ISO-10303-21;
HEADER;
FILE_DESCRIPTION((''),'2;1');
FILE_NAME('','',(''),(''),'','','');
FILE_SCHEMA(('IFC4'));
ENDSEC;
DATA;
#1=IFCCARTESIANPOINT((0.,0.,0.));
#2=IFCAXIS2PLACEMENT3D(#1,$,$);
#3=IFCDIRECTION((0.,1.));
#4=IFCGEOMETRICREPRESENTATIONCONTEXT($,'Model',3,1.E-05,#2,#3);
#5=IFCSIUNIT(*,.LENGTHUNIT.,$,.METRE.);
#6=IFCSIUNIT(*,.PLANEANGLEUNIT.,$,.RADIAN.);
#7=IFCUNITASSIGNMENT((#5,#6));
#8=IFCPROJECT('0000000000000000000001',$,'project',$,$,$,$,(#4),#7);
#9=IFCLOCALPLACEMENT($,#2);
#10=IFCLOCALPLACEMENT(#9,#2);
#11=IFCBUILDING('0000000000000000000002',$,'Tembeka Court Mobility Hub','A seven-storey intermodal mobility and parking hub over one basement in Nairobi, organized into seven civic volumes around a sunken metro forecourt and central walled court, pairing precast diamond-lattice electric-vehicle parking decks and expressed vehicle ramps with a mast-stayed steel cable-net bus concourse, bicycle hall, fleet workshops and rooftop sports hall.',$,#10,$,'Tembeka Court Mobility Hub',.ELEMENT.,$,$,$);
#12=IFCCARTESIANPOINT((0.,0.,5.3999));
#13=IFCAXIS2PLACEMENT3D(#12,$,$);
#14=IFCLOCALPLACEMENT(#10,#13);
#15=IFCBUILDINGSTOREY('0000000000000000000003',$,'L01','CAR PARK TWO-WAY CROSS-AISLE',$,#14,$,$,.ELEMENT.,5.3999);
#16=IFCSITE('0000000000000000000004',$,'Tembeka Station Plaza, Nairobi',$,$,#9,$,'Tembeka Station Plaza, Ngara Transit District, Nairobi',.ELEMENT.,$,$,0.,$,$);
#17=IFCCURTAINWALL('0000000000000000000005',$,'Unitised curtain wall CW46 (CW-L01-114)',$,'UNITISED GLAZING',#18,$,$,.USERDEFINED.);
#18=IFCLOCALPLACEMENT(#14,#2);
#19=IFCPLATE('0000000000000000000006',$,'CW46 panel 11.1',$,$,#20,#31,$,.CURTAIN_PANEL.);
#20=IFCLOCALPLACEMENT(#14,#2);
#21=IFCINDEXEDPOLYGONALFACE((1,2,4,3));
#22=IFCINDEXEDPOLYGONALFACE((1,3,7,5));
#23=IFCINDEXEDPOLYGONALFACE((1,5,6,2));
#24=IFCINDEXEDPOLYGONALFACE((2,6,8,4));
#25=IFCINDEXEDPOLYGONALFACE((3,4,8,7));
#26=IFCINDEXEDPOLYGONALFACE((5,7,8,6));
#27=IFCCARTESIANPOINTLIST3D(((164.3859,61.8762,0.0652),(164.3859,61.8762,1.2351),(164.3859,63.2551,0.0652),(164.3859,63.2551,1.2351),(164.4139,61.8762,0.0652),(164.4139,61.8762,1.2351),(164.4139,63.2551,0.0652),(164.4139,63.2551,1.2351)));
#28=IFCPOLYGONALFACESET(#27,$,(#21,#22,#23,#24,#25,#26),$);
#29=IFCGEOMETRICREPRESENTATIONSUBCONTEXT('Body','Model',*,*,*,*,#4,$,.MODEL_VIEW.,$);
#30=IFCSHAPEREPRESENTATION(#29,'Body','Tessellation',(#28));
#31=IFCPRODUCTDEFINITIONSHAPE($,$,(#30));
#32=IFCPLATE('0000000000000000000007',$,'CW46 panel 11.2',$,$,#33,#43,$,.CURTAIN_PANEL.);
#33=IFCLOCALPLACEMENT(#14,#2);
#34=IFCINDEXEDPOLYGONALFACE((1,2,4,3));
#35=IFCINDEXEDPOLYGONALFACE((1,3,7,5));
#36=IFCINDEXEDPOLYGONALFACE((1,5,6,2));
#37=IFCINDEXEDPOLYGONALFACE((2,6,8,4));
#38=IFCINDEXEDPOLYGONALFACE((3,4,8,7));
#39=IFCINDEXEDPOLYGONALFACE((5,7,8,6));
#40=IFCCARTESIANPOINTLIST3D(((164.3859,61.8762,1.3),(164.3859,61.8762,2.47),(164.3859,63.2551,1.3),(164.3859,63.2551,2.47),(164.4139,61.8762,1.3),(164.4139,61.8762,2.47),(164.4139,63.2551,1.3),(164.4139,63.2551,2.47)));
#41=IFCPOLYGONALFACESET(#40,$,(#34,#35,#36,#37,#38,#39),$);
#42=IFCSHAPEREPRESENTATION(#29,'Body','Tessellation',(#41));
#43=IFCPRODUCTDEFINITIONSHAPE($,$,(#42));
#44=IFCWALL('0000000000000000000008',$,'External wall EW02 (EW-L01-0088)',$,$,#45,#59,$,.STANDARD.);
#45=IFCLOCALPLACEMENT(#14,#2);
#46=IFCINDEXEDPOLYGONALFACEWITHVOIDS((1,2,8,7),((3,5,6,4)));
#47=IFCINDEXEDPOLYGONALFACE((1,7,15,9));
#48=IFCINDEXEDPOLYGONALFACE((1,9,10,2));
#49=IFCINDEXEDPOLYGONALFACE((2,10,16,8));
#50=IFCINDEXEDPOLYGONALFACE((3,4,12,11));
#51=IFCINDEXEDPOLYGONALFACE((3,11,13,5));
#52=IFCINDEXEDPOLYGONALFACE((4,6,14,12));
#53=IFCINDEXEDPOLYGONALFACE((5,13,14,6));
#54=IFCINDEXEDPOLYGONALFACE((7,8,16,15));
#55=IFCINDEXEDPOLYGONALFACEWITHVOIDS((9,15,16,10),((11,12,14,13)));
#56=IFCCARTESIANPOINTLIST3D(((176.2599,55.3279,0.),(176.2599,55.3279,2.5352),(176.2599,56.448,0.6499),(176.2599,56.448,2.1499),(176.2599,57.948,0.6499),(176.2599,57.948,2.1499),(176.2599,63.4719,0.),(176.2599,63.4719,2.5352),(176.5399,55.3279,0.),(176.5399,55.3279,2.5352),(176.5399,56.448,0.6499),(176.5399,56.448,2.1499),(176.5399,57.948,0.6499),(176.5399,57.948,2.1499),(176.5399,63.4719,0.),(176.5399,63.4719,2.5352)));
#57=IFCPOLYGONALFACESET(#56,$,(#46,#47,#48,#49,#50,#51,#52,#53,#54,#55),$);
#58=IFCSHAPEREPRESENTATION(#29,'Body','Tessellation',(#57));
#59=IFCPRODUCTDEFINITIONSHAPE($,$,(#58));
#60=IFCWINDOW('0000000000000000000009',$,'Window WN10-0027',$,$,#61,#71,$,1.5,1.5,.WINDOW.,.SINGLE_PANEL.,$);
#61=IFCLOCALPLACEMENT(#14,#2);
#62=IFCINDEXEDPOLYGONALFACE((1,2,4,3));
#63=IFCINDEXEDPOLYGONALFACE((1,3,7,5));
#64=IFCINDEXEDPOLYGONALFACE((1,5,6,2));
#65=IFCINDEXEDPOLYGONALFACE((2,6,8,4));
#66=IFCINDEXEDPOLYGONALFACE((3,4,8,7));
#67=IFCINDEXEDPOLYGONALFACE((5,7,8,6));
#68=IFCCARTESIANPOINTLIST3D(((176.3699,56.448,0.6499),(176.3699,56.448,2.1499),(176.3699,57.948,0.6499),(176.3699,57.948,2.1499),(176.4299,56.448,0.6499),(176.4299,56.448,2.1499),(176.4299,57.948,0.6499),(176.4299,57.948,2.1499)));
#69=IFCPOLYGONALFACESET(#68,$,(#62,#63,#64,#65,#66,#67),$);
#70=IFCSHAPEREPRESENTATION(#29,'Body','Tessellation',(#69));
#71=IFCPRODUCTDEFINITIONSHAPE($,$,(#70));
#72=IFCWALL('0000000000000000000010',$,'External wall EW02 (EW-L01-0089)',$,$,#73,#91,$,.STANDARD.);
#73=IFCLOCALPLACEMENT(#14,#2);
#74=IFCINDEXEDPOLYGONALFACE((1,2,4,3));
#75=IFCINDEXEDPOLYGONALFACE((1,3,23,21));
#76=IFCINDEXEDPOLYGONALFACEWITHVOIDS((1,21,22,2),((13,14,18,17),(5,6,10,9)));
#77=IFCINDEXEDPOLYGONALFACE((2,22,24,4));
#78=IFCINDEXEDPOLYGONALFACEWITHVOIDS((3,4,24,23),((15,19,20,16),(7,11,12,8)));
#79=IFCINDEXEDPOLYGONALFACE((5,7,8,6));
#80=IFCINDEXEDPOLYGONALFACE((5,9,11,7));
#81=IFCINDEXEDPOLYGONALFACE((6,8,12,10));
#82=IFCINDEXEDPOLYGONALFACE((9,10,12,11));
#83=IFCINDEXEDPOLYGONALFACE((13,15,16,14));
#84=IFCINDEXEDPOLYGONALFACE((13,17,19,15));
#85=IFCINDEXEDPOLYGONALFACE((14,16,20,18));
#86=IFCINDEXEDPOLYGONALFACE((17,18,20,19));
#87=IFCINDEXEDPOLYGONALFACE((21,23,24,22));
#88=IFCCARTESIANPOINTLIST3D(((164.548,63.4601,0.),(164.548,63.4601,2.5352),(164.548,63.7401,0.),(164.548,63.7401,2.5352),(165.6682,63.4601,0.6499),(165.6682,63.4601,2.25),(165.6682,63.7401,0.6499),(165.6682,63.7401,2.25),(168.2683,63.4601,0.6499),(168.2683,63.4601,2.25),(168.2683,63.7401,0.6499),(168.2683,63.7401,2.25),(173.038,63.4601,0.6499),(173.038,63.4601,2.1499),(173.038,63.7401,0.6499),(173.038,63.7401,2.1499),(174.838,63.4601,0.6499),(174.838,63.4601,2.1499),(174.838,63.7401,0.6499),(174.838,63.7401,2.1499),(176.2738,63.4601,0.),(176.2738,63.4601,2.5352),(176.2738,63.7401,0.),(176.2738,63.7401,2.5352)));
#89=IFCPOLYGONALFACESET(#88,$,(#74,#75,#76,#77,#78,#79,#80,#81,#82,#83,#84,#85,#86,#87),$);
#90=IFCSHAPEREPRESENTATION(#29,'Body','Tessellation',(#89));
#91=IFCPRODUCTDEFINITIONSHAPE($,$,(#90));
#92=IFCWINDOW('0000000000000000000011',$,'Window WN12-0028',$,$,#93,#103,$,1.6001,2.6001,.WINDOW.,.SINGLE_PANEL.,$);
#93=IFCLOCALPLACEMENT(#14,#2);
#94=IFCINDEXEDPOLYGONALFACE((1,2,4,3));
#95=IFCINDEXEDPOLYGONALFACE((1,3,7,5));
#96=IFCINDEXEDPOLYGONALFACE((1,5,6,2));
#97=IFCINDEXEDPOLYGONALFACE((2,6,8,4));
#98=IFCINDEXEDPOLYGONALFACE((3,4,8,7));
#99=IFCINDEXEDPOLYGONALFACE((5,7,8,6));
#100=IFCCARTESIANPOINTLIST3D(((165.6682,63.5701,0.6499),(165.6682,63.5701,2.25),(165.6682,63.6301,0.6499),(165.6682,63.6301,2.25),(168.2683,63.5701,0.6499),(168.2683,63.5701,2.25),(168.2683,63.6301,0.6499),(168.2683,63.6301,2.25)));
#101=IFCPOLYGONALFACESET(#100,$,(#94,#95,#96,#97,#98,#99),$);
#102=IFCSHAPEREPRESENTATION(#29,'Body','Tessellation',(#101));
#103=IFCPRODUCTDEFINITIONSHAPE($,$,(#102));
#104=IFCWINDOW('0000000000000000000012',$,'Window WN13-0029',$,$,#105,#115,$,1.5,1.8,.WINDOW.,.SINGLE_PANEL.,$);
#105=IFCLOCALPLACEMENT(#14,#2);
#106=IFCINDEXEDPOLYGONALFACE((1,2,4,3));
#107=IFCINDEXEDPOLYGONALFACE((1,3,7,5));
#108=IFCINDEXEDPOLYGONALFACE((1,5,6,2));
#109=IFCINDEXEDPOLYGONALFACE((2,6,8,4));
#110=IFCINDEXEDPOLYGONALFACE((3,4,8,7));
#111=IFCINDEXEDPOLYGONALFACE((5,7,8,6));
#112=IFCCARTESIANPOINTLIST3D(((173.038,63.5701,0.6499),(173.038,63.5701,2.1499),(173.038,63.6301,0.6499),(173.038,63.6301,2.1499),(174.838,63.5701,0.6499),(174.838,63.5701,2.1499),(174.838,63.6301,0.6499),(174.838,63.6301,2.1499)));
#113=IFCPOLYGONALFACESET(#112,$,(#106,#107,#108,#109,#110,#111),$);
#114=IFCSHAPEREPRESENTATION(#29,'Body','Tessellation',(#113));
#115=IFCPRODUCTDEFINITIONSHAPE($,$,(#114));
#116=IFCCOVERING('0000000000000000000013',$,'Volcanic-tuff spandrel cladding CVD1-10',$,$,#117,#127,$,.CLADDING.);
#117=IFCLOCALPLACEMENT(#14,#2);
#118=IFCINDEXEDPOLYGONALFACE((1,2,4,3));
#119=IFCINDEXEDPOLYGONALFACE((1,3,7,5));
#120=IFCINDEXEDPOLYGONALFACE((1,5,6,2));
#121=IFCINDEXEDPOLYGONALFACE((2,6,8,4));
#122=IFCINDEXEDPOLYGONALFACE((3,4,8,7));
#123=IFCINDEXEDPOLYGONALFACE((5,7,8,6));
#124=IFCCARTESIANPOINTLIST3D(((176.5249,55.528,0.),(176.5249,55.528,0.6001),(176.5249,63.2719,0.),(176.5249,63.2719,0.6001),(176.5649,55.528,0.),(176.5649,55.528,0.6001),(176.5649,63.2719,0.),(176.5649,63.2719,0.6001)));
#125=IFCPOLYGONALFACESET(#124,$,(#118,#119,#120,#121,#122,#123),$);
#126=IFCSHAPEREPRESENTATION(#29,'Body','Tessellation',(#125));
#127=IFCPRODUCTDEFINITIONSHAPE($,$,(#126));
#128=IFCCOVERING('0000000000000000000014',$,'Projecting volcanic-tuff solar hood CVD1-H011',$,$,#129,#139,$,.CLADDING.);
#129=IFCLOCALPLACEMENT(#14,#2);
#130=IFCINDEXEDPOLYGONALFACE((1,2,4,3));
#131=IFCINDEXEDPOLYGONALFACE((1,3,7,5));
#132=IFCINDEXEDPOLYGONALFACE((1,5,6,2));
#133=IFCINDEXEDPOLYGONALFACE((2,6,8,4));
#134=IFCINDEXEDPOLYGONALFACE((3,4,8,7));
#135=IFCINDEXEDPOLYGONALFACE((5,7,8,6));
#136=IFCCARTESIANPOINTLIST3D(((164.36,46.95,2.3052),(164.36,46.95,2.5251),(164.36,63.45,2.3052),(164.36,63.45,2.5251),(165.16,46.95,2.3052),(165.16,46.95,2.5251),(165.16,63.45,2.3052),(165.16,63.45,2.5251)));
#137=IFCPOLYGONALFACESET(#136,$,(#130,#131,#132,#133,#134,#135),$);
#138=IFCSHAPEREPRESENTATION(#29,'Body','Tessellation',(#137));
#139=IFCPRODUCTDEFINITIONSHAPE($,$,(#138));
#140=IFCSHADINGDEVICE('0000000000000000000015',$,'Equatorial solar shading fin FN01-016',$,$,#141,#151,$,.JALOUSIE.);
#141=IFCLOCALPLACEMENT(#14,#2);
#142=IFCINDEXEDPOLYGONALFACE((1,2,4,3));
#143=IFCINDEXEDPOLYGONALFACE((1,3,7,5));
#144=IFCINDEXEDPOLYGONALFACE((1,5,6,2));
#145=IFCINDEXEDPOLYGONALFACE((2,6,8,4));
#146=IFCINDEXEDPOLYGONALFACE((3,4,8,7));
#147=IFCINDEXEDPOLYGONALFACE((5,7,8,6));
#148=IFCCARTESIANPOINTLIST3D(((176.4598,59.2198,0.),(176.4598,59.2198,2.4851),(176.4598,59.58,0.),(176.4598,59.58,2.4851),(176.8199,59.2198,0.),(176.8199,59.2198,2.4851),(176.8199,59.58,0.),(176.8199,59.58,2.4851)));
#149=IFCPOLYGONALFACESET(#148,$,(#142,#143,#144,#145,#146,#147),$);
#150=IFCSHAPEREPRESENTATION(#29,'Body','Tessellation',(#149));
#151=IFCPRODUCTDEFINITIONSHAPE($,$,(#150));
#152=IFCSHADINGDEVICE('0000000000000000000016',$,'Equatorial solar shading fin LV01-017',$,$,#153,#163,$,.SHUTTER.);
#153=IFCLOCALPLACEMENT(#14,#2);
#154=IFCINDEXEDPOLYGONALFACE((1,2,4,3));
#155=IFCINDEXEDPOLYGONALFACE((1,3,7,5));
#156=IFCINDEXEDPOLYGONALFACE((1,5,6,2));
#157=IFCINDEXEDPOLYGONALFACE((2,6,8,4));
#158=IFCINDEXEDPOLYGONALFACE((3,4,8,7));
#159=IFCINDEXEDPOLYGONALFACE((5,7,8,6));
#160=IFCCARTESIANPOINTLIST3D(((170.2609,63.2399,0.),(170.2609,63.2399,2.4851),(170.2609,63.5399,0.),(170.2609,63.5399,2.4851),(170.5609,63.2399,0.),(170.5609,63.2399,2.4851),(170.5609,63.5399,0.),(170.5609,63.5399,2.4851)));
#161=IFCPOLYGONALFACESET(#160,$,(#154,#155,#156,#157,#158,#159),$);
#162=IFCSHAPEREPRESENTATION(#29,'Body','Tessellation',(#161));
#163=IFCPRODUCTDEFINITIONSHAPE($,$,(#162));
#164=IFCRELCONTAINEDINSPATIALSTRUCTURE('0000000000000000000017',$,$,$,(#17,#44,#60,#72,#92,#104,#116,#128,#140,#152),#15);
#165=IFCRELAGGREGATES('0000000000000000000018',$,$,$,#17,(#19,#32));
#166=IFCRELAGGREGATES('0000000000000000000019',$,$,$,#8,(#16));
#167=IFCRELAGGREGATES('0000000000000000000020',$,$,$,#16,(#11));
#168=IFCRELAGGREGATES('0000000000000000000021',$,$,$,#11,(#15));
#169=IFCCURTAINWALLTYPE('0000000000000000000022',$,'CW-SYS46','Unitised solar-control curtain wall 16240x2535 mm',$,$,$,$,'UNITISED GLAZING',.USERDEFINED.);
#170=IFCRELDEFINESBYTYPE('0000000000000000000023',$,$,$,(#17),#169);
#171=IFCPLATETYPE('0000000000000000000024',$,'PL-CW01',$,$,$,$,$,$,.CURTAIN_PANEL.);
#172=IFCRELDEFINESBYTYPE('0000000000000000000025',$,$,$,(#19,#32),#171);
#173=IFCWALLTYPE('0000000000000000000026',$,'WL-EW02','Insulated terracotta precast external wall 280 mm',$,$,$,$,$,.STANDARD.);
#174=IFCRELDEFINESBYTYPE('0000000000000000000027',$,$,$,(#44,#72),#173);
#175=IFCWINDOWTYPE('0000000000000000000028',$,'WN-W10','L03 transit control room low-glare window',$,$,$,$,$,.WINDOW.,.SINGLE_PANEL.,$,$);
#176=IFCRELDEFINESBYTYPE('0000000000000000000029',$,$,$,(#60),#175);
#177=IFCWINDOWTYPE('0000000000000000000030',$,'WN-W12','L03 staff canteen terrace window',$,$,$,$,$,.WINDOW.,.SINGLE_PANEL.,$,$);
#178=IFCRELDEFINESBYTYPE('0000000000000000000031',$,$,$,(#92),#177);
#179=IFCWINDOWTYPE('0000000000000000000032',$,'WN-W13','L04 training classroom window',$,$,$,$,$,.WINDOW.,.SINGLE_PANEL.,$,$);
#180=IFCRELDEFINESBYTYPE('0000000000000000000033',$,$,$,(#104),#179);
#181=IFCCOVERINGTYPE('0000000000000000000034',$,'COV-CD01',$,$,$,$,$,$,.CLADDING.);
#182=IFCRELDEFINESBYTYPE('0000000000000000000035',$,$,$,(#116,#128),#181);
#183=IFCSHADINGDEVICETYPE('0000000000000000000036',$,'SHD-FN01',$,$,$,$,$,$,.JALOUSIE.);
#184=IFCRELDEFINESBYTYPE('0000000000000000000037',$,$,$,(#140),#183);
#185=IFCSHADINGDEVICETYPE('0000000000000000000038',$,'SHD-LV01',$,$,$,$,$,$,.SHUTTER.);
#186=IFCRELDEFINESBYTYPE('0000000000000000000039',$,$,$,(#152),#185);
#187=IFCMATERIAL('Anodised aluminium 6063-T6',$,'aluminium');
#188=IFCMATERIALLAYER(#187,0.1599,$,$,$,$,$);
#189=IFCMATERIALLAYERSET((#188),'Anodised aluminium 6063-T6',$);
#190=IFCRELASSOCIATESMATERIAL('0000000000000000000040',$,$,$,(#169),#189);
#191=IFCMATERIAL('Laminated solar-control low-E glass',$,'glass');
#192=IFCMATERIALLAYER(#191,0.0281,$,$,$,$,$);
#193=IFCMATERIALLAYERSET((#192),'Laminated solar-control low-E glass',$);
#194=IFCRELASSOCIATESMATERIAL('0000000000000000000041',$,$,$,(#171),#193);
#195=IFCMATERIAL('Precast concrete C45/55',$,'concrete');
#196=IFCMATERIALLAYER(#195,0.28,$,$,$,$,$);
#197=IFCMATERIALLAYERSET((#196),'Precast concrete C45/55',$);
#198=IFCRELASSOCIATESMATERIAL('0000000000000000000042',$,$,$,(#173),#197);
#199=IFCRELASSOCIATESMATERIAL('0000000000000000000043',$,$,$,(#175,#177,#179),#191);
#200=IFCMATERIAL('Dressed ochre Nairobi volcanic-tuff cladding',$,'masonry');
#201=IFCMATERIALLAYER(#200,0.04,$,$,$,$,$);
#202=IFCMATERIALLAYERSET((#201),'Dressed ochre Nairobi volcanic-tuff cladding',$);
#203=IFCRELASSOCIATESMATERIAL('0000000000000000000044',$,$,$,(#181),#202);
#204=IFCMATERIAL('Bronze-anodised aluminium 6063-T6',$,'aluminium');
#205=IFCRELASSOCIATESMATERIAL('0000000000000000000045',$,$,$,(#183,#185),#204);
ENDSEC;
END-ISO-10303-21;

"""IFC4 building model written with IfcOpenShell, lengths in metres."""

from ifc_helpers import new_model, si_unit, direction, frame, frame_2d, origin, origin_2d, place, context, subcontext, project, spatial, rectangle, extrude, material, layer, layer_set, material_profile, profile_set, type_object, element, fill, aggregate, save


model = new_model("IFC4")

# Units and contexts
model_context = context("Model", 3, precision=1e-05, world=origin(), true_north=direction((0.0, 1.0)))
body_context = subcontext(model_context, "Body", "Model", "MODEL_VIEW")
ifc_project = project(units=[si_unit("LENGTHUNIT", "METRE"), si_unit("PLANEANGLEUNIT", "RADIAN")], contexts=[model_context])

# Site, building, storey
site_placement = place(None, origin())
site = spatial("IfcSite", under=ifc_project, at=site_placement, Name="Tembeka Station Plaza, Nairobi", LongName="Tembeka Station Plaza, Ngara Transit District, Nairobi", CompositionType="ELEMENT", RefElevation=0.0)
building_placement = place(site_placement, origin())
building = spatial("IfcBuilding", under=site, at=building_placement, Name="Tembeka Court Mobility Hub", Description="A seven-storey intermodal mobility and parking hub over one basement in Nairobi, organized into seven civic volumes around a sunken metro forecourt and central walled court, pairing precast diamond-lattice electric-vehicle parking decks and expressed vehicle ramps with a mast-stayed steel cable-net bus concourse, bicycle hall, fleet workshops and rooftop sports hall.", LongName="Tembeka Court Mobility Hub", CompositionType="ELEMENT")
storey_placement = place(building_placement, frame((0.0, 0.0, 5.3999)))
storey = spatial("IfcBuildingStorey", under=building, at=storey_placement, Name="L01", Description="CAR PARK TWO-WAY CROSS-AISLE", CompositionType="ELEMENT", Elevation=5.3999)

# Curtain wall, plates
ifc_material_1 = material(Name="Anodised aluminium 6063-T6", Category="aluminium")
ifc_layer_1 = layer(ifc_material_1, 0.1599)
ifc_layer_set_1 = layer_set([ifc_layer_1], Name="Anodised aluminium 6063-T6")
curtain_wall_type = type_object("IfcCurtainWallType", Name="CW-SYS46", Description="Unitised solar-control curtain wall 16240x2535 mm", ElementType="UNITISED GLAZING", PredefinedType="USERDEFINED", material=ifc_layer_set_1)
curtain_wall_placement = place(storey_placement, origin())
curtain_wall = element("IfcCurtainWall", 1, at=curtain_wall_placement, inside=storey, type_object=curtain_wall_type, Name="Unitised curtain wall CW46 (CW-L01-114)", ObjectType="UNITISED GLAZING", PredefinedType="USERDEFINED")
ifc_material_2 = material(Name="Laminated solar-control low-E glass", Category="glass")
ifc_layer_2 = layer(ifc_material_2, 0.0281)
ifc_layer_set_2 = layer_set([ifc_layer_2], Name="Laminated solar-control low-E glass")
plate_type = type_object("IfcPlateType", Name="PL-CW01", PredefinedType="CURTAIN_PANEL", material=ifc_layer_set_2)
plate_1_placement = place(storey_placement, frame((164.3999, 62.5657, 0.0652), z_axis=(0.0, 0.0, 1.0), x_axis=(0.0, 1.0, 0.0)))
plate_1 = element("IfcPlate", 2, at=plate_1_placement, type_object=plate_type, Name="CW46 panel 11.1", PredefinedType="CURTAIN_PANEL", context=body_context, shape_type="SweptSolid", body=[
    extrude(rectangle(XDim=1.3789, YDim=0.0281, at=origin_2d()), origin(), (0.0, 0.0, 1.0), 1.1699),
])
plate_2_placement = place(storey_placement, frame((164.3999, 62.5657, 1.3), z_axis=(0.0, 0.0, 1.0), x_axis=(0.0, 1.0, 0.0)))
plate_2 = element("IfcPlate", 3, at=plate_2_placement, type_object=plate_type, Name="CW46 panel 11.2", PredefinedType="CURTAIN_PANEL", context=body_context, shape_type="SweptSolid", body=[
    extrude(rectangle(XDim=1.3789, YDim=0.0281, at=origin_2d()), origin(), (0.0, 0.0, 1.0), 1.1699),
])
aggregate(curtain_wall, [plate_1, plate_2])

# Wall, opening, window
ifc_material_3 = material(Name="Precast concrete C45/55", Category="concrete")
ifc_layer_3 = layer(ifc_material_3, 0.28)
ifc_layer_set_3 = layer_set([ifc_layer_3], Name="Precast concrete C45/55")
wall_type = type_object("IfcWallType", Name="WL-EW02", Description="Insulated terracotta precast external wall 280 mm", PredefinedType="STANDARD", material=ifc_layer_set_3)
wall_1_placement = place(storey_placement, frame((176.3999, 55.3279, 0.0), z_axis=(0.0, 0.0, 1.0), x_axis=(0.0, 1.0, 0.0)))
wall_1 = element("IfcWall", 4, at=wall_1_placement, inside=storey, type_object=wall_type, Name="External wall EW02 (EW-L01-0088)", PredefinedType="STANDARD", context=body_context, shape_type="SweptSolid", body=[
    extrude(rectangle(XDim=8.144, YDim=0.28, at=frame_2d((4.072, 0.0))), origin(), (0.0, 0.0, 1.0), 2.5352),
])
opening_1_placement = place(wall_1_placement, frame((1.1201, 0.0, 0.6499)))
opening_1 = element("IfcOpeningElement", 5, at=opening_1_placement, cuts=wall_1, PredefinedType="OPENING", context=body_context, shape_type="SweptSolid", body=[
    extrude(rectangle(XDim=1.5, YDim=1.5, at=frame_2d((0.75, 0.75))), frame((0.0, 0.1499, 0.0), z_axis=(0.0, -1.0, 0.0), x_axis=(1.0, 0.0, 0.0)), (0.0, 0.0, 1.0), 0.3),
])
window_type_1 = type_object("IfcWindowType", Name="WN-W10", Description="L03 transit control room low-glare window", PartitioningType="SINGLE_PANEL", PredefinedType="WINDOW", material=ifc_material_2)
window_1_placement = place(opening_1_placement, origin())
window_1 = element("IfcWindow", 6, at=window_1_placement, inside=storey, type_object=window_type_1, Name="Window WN10-0027", OverallHeight=1.5, OverallWidth=1.5, PartitioningType="SINGLE_PANEL", PredefinedType="WINDOW", context=body_context, shape_type="SweptSolid", body=[
    extrude(rectangle(XDim=1.5, YDim=1.5, at=frame_2d((0.75, 0.75))), frame((0.0, 0.03, 0.0), z_axis=(0.0, -1.0, 0.0), x_axis=(1.0, 0.0, 0.0)), (0.0, 0.0, 1.0), 0.0601),
])
fill(opening_1, window_1)

# Wall, openings, windows
wall_2_placement = place(storey_placement, frame((164.5481, 63.6001, 0.0), z_axis=(0.0, 0.0, 1.0), x_axis=(1.0, 0.0, 0.0)))
wall_2 = element("IfcWall", 7, at=wall_2_placement, inside=storey, type_object=wall_type, Name="External wall EW02 (EW-L01-0089)", PredefinedType="STANDARD", context=body_context, shape_type="SweptSolid", body=[
    extrude(rectangle(XDim=11.7258, YDim=0.28, at=frame_2d((5.8628, 0.0))), origin(), (0.0, 0.0, 1.0), 2.5352),
])
opening_2_placement = place(wall_2_placement, frame((1.1201, 0.0, 0.6499)))
opening_2 = element("IfcOpeningElement", 8, at=opening_2_placement, cuts=wall_2, PredefinedType="OPENING", context=body_context, shape_type="SweptSolid", body=[
    extrude(rectangle(XDim=2.6001, YDim=1.6001, at=frame_2d((1.3, 0.8))), frame((0.0, 0.1499, 0.0), z_axis=(0.0, -1.0, 0.0), x_axis=(1.0, 0.0, 0.0)), (0.0, 0.0, 1.0), 0.3),
])
opening_3_placement = place(wall_2_placement, frame((8.49, 0.0, 0.6499)))
opening_3 = element("IfcOpeningElement", 9, at=opening_3_placement, cuts=wall_2, PredefinedType="OPENING", context=body_context, shape_type="SweptSolid", body=[
    extrude(rectangle(XDim=1.8, YDim=1.5, at=frame_2d((0.8999, 0.75))), frame((0.0, 0.1499, 0.0), z_axis=(0.0, -1.0, 0.0), x_axis=(1.0, 0.0, 0.0)), (0.0, 0.0, 1.0), 0.3),
])
window_type_2 = type_object("IfcWindowType", Name="WN-W12", Description="L03 staff canteen terrace window", PartitioningType="SINGLE_PANEL", PredefinedType="WINDOW", material=ifc_material_2)
window_2_placement = place(opening_2_placement, origin())
window_2 = element("IfcWindow", 10, at=window_2_placement, inside=storey, type_object=window_type_2, Name="Window WN12-0028", OverallHeight=1.6001, OverallWidth=2.6001, PartitioningType="SINGLE_PANEL", PredefinedType="WINDOW", context=body_context, shape_type="SweptSolid", body=[
    extrude(rectangle(XDim=2.6001, YDim=1.6001, at=frame_2d((1.3, 0.8))), frame((0.0, 0.03, 0.0), z_axis=(0.0, -1.0, 0.0), x_axis=(1.0, 0.0, 0.0)), (0.0, 0.0, 1.0), 0.0601),
])
fill(opening_2, window_2)
window_type_3 = type_object("IfcWindowType", Name="WN-W13", Description="L04 training classroom window", PartitioningType="SINGLE_PANEL", PredefinedType="WINDOW", material=ifc_material_2)
window_3_placement = place(opening_3_placement, origin())
window_3 = element("IfcWindow", 11, at=window_3_placement, inside=storey, type_object=window_type_3, Name="Window WN13-0029", OverallHeight=1.5, OverallWidth=1.8, PartitioningType="SINGLE_PANEL", PredefinedType="WINDOW", context=body_context, shape_type="SweptSolid", body=[
    extrude(rectangle(XDim=1.8, YDim=1.5, at=frame_2d((0.8999, 0.75))), frame((0.0, 0.03, 0.0), z_axis=(0.0, -1.0, 0.0), x_axis=(1.0, 0.0, 0.0)), (0.0, 0.0, 1.0), 0.0601),
])
fill(opening_3, window_3)

# Coverings
ifc_material_4 = material(Name="Dressed ochre Nairobi volcanic-tuff cladding", Category="masonry")
ifc_layer_4 = layer(ifc_material_4, 0.04)
ifc_layer_set_4 = layer_set([ifc_layer_4], Name="Dressed ochre Nairobi volcanic-tuff cladding")
covering_type = type_object("IfcCoveringType", Name="COV-CD01", PredefinedType="CLADDING", material=ifc_layer_set_4)
covering_1_placement = place(storey_placement, frame((176.5449, 59.3999, 0.0), z_axis=(0.0, 0.0, 1.0), x_axis=(0.0, 1.0, 0.0)))
element("IfcCovering", 12, at=covering_1_placement, inside=storey, type_object=covering_type, Name="Volcanic-tuff spandrel cladding CVD1-10", PredefinedType="CLADDING", context=body_context, shape_type="SweptSolid", body=[
    extrude(rectangle(XDim=7.7439, YDim=0.04, at=origin_2d()), origin(), (0.0, 0.0, 1.0), 0.6001),
])
covering_2_placement = place(storey_placement, frame((164.76, 55.2, 2.3052), z_axis=(0.0, 0.0, 1.0), x_axis=(0.0, 1.0, 0.0)))
element("IfcCovering", 13, at=covering_2_placement, inside=storey, type_object=covering_type, Name="Projecting volcanic-tuff solar hood CVD1-H011", PredefinedType="CLADDING", context=body_context, shape_type="SweptSolid", body=[
    extrude(rectangle(XDim=16.5, YDim=0.8, at=origin_2d()), origin(), (0.0, 0.0, 1.0), 0.22),
])

# Shading devices
ifc_material_5 = material(Name="Bronze-anodised aluminium 6063-T6", Category="aluminium")
ifc_material_profile_1 = material_profile(ifc_material_5, rectangle(XDim=0.3601, YDim=0.3601, at=origin_2d()), Name="ALU-FIN 360x360")
ifc_profile_set_1 = profile_set([ifc_material_profile_1], Name="Bronze-anodised aluminium 6063-T6")
shading_device_type_1 = type_object("IfcShadingDeviceType", Name="SHD-FN01", PredefinedType="JALOUSIE", material=ifc_profile_set_1)
shading_device_1_placement = place(storey_placement, frame((176.6399, 59.3999, 0.0), z_axis=(0.0, 0.0, 1.0), x_axis=(1.0, 0.0, 0.0)))
element("IfcShadingDevice", 14, at=shading_device_1_placement, inside=storey, type_object=shading_device_type_1, Name="Equatorial solar shading fin FN01-016", PredefinedType="JALOUSIE", context=body_context, shape_type="SweptSolid", body=[
    extrude(rectangle(XDim=0.3601, YDim=0.3601, at=origin_2d()), origin(), (0.0, 0.0, 1.0), 2.4851),
])
ifc_material_profile_2 = material_profile(ifc_material_5, rectangle(XDim=0.3, YDim=0.3, at=origin_2d()), Name="ALU-LVR 300x300")
ifc_profile_set_2 = profile_set([ifc_material_profile_2], Name="Bronze-anodised aluminium 6063-T6")
shading_device_type_2 = type_object("IfcShadingDeviceType", Name="SHD-LV01", PredefinedType="SHUTTER", material=ifc_profile_set_2)
shading_device_2_placement = place(storey_placement, frame((170.4109, 63.3899, 0.0), z_axis=(0.0, 0.0, 1.0), x_axis=(1.0, 0.0, 0.0)))
element("IfcShadingDevice", 15, at=shading_device_2_placement, inside=storey, type_object=shading_device_type_2, Name="Equatorial solar shading fin LV01-017", PredefinedType="SHUTTER", context=body_context, shape_type="SweptSolid", body=[
    extrude(rectangle(XDim=0.3, YDim=0.3, at=origin_2d()), origin(), (0.0, 0.0, 1.0), 2.4851),
])

save(model, "model.ifc")
